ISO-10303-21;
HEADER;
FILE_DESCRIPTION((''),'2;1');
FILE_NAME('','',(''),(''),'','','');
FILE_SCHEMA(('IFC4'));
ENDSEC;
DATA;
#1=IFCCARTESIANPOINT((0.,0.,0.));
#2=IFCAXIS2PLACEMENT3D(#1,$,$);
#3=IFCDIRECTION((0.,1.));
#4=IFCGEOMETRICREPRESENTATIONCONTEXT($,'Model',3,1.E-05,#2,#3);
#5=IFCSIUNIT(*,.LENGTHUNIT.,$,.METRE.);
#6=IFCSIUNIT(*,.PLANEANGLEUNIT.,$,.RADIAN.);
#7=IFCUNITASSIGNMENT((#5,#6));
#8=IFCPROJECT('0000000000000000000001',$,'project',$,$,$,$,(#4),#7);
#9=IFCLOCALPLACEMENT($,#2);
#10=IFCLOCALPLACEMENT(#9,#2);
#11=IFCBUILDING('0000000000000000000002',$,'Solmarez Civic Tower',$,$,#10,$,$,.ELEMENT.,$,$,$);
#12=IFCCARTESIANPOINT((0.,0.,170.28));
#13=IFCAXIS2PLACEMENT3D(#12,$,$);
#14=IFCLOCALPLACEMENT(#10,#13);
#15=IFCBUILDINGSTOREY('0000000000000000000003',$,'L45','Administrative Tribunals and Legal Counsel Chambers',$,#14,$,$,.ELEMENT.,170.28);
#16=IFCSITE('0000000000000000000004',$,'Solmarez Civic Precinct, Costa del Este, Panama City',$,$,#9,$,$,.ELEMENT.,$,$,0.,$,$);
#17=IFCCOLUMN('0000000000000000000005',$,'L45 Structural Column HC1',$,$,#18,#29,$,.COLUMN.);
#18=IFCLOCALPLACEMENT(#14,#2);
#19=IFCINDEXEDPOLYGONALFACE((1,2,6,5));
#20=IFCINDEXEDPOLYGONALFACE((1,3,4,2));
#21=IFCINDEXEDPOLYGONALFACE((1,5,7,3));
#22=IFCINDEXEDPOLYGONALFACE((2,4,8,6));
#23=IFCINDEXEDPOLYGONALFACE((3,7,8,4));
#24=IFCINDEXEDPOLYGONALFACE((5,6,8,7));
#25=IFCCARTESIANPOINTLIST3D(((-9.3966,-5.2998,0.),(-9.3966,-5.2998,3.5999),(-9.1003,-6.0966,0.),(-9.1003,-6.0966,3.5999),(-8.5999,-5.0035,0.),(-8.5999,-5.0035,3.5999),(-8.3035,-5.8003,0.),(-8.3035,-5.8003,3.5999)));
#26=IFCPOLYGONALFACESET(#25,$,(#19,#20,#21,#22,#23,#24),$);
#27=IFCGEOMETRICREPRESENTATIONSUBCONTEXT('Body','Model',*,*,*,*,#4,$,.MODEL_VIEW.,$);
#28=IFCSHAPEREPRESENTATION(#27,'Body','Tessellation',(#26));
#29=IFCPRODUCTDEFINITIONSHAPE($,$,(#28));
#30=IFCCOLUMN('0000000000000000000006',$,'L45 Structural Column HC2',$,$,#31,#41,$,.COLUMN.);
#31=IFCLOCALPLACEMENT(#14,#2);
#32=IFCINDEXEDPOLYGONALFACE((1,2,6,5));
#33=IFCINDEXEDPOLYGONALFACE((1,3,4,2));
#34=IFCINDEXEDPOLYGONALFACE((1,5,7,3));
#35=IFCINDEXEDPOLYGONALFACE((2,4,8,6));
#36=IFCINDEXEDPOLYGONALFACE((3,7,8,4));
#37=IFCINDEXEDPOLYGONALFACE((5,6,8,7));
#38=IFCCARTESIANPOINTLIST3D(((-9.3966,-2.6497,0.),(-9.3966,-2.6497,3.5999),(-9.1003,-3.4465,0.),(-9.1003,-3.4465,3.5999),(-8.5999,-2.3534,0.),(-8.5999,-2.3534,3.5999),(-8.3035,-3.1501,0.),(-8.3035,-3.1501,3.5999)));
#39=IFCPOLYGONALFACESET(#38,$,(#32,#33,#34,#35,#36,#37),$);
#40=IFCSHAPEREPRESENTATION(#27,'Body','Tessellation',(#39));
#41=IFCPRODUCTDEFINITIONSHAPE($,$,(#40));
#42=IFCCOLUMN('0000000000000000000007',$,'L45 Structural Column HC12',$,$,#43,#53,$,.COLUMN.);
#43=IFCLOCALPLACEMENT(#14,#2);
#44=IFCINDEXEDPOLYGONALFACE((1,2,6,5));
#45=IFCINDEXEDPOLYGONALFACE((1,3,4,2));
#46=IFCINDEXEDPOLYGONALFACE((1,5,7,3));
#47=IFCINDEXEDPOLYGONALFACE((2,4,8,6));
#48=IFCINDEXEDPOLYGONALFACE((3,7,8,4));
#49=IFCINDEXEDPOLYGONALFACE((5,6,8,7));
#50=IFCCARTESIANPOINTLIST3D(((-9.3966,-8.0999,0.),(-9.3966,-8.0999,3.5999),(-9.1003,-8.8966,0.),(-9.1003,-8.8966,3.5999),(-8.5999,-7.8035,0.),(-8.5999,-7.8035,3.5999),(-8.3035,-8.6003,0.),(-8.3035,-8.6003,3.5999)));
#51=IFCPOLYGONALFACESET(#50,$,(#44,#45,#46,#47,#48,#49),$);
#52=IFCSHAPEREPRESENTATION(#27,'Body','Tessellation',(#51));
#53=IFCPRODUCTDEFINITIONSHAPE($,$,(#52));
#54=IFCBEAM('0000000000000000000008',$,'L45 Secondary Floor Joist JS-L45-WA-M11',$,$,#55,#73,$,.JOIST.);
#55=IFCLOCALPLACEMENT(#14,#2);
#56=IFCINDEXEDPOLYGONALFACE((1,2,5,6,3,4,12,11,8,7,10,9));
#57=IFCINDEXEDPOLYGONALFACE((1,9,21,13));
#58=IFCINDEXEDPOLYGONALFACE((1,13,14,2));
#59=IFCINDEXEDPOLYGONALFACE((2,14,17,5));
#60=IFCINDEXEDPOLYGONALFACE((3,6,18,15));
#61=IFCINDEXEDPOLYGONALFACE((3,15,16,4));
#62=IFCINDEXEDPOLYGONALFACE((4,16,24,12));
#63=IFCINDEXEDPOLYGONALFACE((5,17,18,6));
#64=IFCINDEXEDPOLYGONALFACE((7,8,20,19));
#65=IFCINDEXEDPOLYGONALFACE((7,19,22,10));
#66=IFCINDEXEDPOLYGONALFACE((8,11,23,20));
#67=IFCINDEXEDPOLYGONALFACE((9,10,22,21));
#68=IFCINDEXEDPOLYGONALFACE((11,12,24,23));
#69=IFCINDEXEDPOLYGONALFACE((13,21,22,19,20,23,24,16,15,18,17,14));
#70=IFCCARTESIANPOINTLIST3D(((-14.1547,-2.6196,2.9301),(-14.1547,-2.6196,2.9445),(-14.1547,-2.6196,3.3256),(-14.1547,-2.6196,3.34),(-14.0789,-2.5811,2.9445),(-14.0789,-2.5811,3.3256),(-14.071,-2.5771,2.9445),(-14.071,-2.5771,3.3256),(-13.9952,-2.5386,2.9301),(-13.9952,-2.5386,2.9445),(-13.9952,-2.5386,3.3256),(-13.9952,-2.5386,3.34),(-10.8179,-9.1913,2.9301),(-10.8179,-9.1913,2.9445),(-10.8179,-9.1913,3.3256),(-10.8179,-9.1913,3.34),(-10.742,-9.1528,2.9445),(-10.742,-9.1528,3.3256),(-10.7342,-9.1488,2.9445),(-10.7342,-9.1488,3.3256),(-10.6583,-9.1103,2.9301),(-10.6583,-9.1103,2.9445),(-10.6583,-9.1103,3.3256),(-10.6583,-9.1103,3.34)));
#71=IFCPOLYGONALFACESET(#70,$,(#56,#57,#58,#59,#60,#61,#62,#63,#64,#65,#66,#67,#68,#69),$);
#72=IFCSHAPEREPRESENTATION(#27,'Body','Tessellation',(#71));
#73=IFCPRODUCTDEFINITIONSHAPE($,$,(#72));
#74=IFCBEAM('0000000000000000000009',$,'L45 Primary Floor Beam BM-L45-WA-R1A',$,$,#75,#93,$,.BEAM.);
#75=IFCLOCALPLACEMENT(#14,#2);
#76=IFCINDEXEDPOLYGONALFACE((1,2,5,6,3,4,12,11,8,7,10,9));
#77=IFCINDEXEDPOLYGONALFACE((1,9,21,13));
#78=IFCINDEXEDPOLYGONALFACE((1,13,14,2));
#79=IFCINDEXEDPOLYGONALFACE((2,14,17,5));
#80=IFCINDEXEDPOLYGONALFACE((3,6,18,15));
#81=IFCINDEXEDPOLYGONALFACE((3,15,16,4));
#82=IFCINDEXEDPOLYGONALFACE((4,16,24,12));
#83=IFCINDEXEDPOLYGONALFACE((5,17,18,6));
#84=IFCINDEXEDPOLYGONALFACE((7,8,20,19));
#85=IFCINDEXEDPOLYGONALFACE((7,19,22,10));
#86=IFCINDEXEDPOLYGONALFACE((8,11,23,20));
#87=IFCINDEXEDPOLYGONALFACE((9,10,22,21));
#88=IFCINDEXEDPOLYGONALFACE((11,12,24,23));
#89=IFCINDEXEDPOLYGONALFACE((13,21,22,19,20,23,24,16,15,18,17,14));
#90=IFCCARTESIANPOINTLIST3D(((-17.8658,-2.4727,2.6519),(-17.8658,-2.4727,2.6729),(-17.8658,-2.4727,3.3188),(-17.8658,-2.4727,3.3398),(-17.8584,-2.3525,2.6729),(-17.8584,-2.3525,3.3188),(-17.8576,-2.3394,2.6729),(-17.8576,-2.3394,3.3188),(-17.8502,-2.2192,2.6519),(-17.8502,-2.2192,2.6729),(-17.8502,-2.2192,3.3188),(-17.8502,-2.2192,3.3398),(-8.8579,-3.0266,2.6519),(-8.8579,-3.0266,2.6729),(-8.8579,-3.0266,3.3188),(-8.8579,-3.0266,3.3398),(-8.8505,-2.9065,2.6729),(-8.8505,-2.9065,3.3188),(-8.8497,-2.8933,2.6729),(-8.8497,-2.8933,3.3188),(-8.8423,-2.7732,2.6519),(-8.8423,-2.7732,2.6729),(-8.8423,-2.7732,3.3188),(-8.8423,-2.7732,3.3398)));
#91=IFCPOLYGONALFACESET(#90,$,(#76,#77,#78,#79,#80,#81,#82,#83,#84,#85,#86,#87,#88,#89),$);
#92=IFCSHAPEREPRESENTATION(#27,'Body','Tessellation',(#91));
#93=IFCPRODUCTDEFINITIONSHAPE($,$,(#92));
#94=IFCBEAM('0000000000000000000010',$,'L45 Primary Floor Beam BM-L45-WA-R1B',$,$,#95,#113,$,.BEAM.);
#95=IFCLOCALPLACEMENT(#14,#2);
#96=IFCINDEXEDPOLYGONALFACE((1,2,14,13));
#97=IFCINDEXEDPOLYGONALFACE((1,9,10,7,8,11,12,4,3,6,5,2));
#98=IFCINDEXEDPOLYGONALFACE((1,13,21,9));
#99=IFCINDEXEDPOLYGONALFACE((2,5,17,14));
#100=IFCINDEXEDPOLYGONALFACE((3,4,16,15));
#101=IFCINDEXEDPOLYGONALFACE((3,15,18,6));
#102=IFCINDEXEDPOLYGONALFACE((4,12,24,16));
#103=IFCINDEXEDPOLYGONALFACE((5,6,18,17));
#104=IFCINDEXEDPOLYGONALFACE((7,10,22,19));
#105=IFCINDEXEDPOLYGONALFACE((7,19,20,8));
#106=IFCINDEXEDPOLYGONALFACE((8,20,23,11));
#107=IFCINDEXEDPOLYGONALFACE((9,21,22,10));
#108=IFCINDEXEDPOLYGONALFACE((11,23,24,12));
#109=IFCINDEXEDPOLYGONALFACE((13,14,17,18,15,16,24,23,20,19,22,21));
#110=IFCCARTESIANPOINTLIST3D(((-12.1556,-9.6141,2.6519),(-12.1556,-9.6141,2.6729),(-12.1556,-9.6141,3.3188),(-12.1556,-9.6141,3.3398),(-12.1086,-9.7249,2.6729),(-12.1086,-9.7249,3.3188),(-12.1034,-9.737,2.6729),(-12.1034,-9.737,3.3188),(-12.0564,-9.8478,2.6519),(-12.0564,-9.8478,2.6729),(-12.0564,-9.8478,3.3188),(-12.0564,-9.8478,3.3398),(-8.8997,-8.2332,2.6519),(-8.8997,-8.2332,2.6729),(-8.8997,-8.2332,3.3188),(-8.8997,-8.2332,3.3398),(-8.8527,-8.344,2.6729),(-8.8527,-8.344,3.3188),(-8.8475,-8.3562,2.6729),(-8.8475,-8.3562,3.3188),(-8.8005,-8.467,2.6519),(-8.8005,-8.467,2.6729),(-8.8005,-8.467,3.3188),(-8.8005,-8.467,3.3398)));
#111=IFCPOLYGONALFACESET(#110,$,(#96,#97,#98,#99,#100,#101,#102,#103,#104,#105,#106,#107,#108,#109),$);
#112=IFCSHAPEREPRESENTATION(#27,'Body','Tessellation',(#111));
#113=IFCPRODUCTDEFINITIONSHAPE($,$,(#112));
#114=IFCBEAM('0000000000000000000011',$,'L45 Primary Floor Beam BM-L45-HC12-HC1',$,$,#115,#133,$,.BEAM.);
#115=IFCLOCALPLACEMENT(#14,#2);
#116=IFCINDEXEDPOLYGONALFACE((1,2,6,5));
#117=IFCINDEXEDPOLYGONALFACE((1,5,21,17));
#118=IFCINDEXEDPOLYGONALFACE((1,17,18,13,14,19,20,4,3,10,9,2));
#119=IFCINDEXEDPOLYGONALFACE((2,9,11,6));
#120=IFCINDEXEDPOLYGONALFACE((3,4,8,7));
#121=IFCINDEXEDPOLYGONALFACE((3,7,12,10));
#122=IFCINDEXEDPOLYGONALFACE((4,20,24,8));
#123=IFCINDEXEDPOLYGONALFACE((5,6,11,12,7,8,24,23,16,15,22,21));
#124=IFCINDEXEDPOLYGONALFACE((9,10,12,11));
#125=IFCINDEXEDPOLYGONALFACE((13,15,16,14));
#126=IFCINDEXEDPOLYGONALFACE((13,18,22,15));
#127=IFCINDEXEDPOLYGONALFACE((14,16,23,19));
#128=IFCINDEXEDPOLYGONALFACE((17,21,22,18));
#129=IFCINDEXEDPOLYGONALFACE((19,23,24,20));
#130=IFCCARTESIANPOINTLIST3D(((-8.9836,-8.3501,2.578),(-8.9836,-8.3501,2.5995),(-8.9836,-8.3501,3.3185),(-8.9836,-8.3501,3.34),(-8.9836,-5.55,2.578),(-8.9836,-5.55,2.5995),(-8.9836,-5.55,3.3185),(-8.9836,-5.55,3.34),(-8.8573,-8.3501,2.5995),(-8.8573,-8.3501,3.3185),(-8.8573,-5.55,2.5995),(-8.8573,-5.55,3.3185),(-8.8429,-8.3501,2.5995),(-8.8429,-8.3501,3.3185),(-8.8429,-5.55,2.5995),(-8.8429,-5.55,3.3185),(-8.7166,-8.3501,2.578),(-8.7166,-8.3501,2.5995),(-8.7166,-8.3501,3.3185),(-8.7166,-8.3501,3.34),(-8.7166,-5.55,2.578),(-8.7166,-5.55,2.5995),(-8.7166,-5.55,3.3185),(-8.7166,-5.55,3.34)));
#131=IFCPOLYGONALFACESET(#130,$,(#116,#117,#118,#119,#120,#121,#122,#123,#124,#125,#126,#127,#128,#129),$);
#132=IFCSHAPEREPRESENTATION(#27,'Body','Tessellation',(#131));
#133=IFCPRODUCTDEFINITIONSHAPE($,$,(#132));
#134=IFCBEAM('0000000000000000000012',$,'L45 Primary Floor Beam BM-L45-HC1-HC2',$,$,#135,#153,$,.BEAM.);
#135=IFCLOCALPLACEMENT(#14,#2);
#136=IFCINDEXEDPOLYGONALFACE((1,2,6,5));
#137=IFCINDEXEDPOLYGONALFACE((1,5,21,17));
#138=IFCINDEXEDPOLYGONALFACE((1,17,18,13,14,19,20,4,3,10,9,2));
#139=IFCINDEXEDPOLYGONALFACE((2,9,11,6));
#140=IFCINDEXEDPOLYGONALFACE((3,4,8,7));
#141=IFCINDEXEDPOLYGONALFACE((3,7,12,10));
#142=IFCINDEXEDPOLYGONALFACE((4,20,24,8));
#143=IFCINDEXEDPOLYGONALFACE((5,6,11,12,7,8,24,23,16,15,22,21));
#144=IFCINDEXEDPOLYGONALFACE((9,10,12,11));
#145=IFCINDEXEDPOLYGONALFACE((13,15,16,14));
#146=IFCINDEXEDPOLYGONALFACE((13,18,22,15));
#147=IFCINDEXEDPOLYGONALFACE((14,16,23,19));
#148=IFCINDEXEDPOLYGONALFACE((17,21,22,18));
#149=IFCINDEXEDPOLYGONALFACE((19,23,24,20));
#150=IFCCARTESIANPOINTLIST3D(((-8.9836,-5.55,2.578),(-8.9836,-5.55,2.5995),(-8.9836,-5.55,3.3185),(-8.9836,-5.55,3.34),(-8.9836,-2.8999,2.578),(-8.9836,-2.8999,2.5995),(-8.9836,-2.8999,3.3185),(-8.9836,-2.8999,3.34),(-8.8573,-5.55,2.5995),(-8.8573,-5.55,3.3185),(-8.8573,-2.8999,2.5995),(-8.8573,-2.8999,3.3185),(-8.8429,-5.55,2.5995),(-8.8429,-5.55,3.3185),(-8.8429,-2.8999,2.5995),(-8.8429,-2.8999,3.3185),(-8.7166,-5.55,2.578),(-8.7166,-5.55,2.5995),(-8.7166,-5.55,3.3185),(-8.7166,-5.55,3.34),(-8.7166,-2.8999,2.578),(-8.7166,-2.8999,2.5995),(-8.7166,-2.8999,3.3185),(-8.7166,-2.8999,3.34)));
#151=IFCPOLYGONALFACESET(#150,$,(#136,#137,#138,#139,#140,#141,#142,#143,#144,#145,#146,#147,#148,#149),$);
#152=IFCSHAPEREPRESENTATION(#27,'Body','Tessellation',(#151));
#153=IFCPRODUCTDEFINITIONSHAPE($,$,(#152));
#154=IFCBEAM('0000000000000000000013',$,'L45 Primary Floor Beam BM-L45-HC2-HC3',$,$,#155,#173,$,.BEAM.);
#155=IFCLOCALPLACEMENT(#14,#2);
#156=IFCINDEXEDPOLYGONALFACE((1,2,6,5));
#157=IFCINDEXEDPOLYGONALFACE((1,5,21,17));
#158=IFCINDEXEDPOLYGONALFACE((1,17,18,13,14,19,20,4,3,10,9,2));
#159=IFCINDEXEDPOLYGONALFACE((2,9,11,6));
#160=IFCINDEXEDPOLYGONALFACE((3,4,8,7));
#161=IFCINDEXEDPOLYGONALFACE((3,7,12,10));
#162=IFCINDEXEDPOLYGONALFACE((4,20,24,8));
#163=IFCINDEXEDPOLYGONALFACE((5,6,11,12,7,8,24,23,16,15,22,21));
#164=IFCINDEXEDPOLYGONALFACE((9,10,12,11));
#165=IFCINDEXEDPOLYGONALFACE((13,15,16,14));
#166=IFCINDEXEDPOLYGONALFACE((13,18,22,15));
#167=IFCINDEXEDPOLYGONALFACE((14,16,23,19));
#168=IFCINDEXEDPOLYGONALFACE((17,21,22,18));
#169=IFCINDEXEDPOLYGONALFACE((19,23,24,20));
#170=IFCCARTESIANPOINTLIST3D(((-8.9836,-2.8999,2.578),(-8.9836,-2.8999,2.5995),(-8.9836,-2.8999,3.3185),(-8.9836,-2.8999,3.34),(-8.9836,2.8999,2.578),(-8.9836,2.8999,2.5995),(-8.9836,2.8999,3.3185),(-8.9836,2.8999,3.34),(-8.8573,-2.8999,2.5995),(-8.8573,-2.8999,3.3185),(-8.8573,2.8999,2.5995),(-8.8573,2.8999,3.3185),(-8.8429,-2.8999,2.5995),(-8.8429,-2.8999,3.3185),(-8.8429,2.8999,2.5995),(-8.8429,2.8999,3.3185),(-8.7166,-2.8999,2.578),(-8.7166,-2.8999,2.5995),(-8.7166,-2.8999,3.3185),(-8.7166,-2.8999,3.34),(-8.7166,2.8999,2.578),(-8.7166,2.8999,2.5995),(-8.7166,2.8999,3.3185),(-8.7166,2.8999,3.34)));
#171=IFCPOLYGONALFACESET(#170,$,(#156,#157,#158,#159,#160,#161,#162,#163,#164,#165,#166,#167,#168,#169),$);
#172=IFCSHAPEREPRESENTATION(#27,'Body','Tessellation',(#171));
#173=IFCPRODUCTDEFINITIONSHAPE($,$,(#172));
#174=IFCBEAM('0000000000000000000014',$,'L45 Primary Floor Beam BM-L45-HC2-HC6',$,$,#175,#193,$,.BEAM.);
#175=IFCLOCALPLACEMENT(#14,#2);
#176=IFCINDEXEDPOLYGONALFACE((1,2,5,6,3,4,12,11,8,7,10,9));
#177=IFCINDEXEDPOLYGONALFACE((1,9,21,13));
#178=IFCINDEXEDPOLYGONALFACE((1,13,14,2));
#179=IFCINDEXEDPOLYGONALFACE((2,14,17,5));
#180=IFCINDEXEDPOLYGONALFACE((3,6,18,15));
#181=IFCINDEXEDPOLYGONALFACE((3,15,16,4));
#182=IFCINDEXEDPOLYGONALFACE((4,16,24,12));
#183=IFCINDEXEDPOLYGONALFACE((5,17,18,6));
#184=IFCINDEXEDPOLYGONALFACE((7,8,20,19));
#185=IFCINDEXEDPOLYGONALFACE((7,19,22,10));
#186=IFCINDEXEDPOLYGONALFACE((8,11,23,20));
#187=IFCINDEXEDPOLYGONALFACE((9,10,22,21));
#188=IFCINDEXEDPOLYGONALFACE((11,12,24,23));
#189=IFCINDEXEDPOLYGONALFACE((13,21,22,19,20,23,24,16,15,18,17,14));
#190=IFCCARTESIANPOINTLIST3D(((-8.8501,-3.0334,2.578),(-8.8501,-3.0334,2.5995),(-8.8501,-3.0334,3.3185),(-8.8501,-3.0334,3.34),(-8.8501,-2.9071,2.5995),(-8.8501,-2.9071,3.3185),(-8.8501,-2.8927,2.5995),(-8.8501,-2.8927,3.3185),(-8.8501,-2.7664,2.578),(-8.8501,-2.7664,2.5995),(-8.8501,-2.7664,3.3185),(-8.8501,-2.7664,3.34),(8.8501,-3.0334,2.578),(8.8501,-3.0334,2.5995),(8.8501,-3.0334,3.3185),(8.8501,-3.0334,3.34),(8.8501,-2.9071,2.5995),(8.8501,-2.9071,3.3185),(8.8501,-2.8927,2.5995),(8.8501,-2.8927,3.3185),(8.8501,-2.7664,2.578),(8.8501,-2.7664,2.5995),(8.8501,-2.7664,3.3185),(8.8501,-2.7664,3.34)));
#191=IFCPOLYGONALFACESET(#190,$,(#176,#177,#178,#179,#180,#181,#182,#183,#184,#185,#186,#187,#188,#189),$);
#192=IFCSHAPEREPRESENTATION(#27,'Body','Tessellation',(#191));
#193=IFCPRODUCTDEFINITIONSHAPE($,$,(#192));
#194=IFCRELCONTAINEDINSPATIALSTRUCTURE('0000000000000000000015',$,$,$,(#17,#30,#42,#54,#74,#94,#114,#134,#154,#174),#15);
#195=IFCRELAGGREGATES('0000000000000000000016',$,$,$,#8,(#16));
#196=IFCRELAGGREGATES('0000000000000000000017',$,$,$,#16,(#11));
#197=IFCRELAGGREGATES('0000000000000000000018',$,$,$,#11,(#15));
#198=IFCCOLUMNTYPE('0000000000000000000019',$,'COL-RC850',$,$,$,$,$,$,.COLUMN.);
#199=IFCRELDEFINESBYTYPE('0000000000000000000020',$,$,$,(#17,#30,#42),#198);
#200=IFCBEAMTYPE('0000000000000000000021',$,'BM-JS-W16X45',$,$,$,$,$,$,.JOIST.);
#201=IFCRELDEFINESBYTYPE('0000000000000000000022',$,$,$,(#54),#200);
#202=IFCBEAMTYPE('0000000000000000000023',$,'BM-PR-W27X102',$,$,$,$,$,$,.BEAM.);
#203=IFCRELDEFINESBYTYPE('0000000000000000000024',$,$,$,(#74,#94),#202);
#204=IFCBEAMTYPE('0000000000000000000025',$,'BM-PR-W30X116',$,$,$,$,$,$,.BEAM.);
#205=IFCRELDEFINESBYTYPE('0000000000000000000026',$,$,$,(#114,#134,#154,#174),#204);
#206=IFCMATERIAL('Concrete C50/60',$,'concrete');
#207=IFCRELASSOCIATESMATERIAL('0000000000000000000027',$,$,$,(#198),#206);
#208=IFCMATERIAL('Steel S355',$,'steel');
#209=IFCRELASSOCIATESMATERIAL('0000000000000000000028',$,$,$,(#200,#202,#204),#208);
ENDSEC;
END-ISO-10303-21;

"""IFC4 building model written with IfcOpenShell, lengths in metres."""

from ifc_helpers import new_model, si_unit, direction, frame, origin, origin_2d, place, context, subcontext, project, spatial, rectangle, i_section, extrude, material, material_profile, profile_set, type_object, element, save


model = new_model("IFC4")

# Units and contexts
model_context = context("Model", 3, precision=1e-05, world=origin(), true_north=direction((0.0, 1.0)))
body_context = subcontext(model_context, "Body", "Model", "MODEL_VIEW")
ifc_project = project(units=[si_unit("LENGTHUNIT", "METRE"), si_unit("PLANEANGLEUNIT", "RADIAN")], contexts=[model_context])

# Site, building, storey
site_placement = place(None, origin())
site = spatial("IfcSite", under=ifc_project, at=site_placement, Name="Solmarez Civic Precinct, Costa del Este, Panama City", CompositionType="ELEMENT", RefElevation=0.0)
building_placement = place(site_placement, origin())
building = spatial("IfcBuilding", under=site, at=building_placement, Name="Solmarez Civic Tower", CompositionType="ELEMENT")
storey_placement = place(building_placement, frame((0.0, 0.0, 170.28)))
storey = spatial("IfcBuildingStorey", under=building, at=storey_placement, Name="L45", Description="Administrative Tribunals and Legal Counsel Chambers", CompositionType="ELEMENT", Elevation=170.28)

# Columns
ifc_material_1 = material(Name="Concrete C50/60", Category="concrete")
ifc_material_profile_1 = material_profile(ifc_material_1, rectangle(XDim=0.8501, YDim=0.8501, at=origin_2d()), Name="RC850X850")
ifc_profile_set_1 = profile_set([ifc_material_profile_1], Name="Concrete C50/60")
column_type = type_object("IfcColumnType", Name="COL-RC850", PredefinedType="COLUMN", material=ifc_profile_set_1)
for number, where, z_axis, x_axis, name in (
    (1, (-8.8501, -5.55, 0.0), (0.0, 0.0, 1.0), (0.937282, 0.348572, 0.0), "L45 Structural Column HC1"),
    (2, (-8.8501, -2.8999, 0.0), (0.0, 0.0, 1.0), (0.937282, 0.348572, 0.0), "L45 Structural Column HC2"),
    (3, (-8.8501, -8.3501, 0.0), (0.0, 0.0, 1.0), (0.937282, 0.348572, 0.0), "L45 Structural Column HC12"),
):
    element("IfcColumn", number, at=place(storey_placement, frame(where, z_axis=z_axis, x_axis=x_axis)), inside=storey, type_object=column_type, Name=name, PredefinedType="COLUMN", context=body_context, shape_type="SweptSolid", body=[
        extrude(rectangle(XDim=0.8501, YDim=0.8501, at=origin_2d()), origin(), (0.0, 0.0, 1.0), 3.5999),
    ])

# Beams
ifc_material_2 = material(Name="Steel S355", Category="steel")
ifc_material_profile_2 = material_profile(ifc_material_2, i_section(OverallWidth=0.179, OverallDepth=0.4099, WebThickness=0.0088, FlangeThickness=0.0144, at=origin_2d()), Name="W16X45")
ifc_profile_set_2 = profile_set([ifc_material_profile_2], Name="Steel S355")
beam_type_1 = type_object("IfcBeamType", Name="BM-JS-W16X45", PredefinedType="JOIST", material=ifc_profile_set_2)
beam_1_placement = place(storey_placement, frame((-14.075, -2.5791, 3.135), z_axis=(0.452743, -0.891641, 0.0), x_axis=(0.891641, 0.452743, 0.0)))
element("IfcBeam", 4, at=beam_1_placement, inside=storey, type_object=beam_type_1, Name="L45 Secondary Floor Joist JS-L45-WA-M11", PredefinedType="JOIST", context=body_context, shape_type="SweptSolid", body=[
    extrude(i_section(OverallWidth=0.179, OverallDepth=0.4099, WebThickness=0.0088, FlangeThickness=0.0144, at=origin_2d()), origin(), (0.0, 0.0, 1.0), 7.3704),
])
ifc_material_profile_3 = material_profile(ifc_material_2, i_section(OverallWidth=0.2539, OverallDepth=0.688, WebThickness=0.0132, FlangeThickness=0.021, at=origin_2d()), Name="W27X102")
ifc_profile_set_3 = profile_set([ifc_material_profile_3], Name="Steel S355")
beam_type_2 = type_object("IfcBeamType", Name="BM-PR-W27X102", PredefinedType="BEAM", material=ifc_profile_set_3)
beam_2_placement = place(storey_placement, frame((-8.8501, -2.8999, 2.9958), z_axis=(-0.998114, 0.061381, 0.0), x_axis=(-0.061381, -0.998114, 0.0)))
element("IfcBeam", 5, at=beam_2_placement, inside=storey, type_object=beam_type_2, Name="L45 Primary Floor Beam BM-L45-WA-R1A", PredefinedType="BEAM", context=body_context, shape_type="SweptSolid", body=[
    extrude(i_section(OverallWidth=0.2539, OverallDepth=0.688, WebThickness=0.0132, FlangeThickness=0.021, at=origin_2d()), origin(), (0.0, 0.0, 1.0), 9.0249),
])
beam_3_placement = place(storey_placement, frame((-8.8501, -8.3501, 2.9958), z_axis=(-0.920624, -0.390451, 0.0), x_axis=(0.390451, -0.920624, 0.0)))
element("IfcBeam", 6, at=beam_3_placement, inside=storey, type_object=beam_type_2, Name="L45 Primary Floor Beam BM-L45-WA-R1B", PredefinedType="BEAM", context=body_context, shape_type="SweptSolid", body=[
    extrude(i_section(OverallWidth=0.2539, OverallDepth=0.688, WebThickness=0.0132, FlangeThickness=0.021, at=origin_2d()), origin(), (0.0, 0.0, 1.0), 3.5366),
])
ifc_material_profile_4 = material_profile(ifc_material_2, i_section(OverallWidth=0.2671, OverallDepth=0.762, WebThickness=0.0144, FlangeThickness=0.0215, at=origin_2d()), Name="W30X116")
ifc_profile_set_4 = profile_set([ifc_material_profile_4], Name="Steel S355")
beam_type_3 = type_object("IfcBeamType", Name="BM-PR-W30X116", PredefinedType="BEAM", material=ifc_profile_set_4)
beam_4_placement = place(storey_placement, frame((-8.8501, -8.3501, 2.959), z_axis=(0.0, 1.0, 0.0), x_axis=(-1.0, 0.0, 0.0)))
element("IfcBeam", 7, at=beam_4_placement, inside=storey, type_object=beam_type_3, Name="L45 Primary Floor Beam BM-L45-HC12-HC1", PredefinedType="BEAM", context=body_context, shape_type="SweptSolid", body=[
    extrude(i_section(OverallWidth=0.2671, OverallDepth=0.762, WebThickness=0.0144, FlangeThickness=0.0215, at=origin_2d()), origin(), (0.0, 0.0, 1.0), 2.8),
])
beam_5_placement = place(storey_placement, frame((-8.8501, -5.55, 2.959), z_axis=(0.0, 1.0, 0.0), x_axis=(-1.0, 0.0, 0.0)))
element("IfcBeam", 8, at=beam_5_placement, inside=storey, type_object=beam_type_3, Name="L45 Primary Floor Beam BM-L45-HC1-HC2", PredefinedType="BEAM", context=body_context, shape_type="SweptSolid", body=[
    extrude(i_section(OverallWidth=0.2671, OverallDepth=0.762, WebThickness=0.0144, FlangeThickness=0.0215, at=origin_2d()), origin(), (0.0, 0.0, 1.0), 2.6501),
])
beam_6_placement = place(storey_placement, frame((-8.8501, -2.8999, 2.959), z_axis=(0.0, 1.0, 0.0), x_axis=(-1.0, 0.0, 0.0)))
element("IfcBeam", 9, at=beam_6_placement, inside=storey, type_object=beam_type_3, Name="L45 Primary Floor Beam BM-L45-HC2-HC3", PredefinedType="BEAM", context=body_context, shape_type="SweptSolid", body=[
    extrude(i_section(OverallWidth=0.2671, OverallDepth=0.762, WebThickness=0.0144, FlangeThickness=0.0215, at=origin_2d()), origin(), (0.0, 0.0, 1.0), 5.7998),
])
beam_7_placement = place(storey_placement, frame((-8.8501, -2.8999, 2.959), z_axis=(1.0, 0.0, 0.0), x_axis=(0.0, 1.0, 0.0)))
element("IfcBeam", 10, at=beam_7_placement, inside=storey, type_object=beam_type_3, Name="L45 Primary Floor Beam BM-L45-HC2-HC6", PredefinedType="BEAM", context=body_context, shape_type="SweptSolid", body=[
    extrude(i_section(OverallWidth=0.2671, OverallDepth=0.762, WebThickness=0.0144, FlangeThickness=0.0215, at=origin_2d()), origin(), (0.0, 0.0, 1.0), 17.7002),
])

save(model, "model.ifc")
